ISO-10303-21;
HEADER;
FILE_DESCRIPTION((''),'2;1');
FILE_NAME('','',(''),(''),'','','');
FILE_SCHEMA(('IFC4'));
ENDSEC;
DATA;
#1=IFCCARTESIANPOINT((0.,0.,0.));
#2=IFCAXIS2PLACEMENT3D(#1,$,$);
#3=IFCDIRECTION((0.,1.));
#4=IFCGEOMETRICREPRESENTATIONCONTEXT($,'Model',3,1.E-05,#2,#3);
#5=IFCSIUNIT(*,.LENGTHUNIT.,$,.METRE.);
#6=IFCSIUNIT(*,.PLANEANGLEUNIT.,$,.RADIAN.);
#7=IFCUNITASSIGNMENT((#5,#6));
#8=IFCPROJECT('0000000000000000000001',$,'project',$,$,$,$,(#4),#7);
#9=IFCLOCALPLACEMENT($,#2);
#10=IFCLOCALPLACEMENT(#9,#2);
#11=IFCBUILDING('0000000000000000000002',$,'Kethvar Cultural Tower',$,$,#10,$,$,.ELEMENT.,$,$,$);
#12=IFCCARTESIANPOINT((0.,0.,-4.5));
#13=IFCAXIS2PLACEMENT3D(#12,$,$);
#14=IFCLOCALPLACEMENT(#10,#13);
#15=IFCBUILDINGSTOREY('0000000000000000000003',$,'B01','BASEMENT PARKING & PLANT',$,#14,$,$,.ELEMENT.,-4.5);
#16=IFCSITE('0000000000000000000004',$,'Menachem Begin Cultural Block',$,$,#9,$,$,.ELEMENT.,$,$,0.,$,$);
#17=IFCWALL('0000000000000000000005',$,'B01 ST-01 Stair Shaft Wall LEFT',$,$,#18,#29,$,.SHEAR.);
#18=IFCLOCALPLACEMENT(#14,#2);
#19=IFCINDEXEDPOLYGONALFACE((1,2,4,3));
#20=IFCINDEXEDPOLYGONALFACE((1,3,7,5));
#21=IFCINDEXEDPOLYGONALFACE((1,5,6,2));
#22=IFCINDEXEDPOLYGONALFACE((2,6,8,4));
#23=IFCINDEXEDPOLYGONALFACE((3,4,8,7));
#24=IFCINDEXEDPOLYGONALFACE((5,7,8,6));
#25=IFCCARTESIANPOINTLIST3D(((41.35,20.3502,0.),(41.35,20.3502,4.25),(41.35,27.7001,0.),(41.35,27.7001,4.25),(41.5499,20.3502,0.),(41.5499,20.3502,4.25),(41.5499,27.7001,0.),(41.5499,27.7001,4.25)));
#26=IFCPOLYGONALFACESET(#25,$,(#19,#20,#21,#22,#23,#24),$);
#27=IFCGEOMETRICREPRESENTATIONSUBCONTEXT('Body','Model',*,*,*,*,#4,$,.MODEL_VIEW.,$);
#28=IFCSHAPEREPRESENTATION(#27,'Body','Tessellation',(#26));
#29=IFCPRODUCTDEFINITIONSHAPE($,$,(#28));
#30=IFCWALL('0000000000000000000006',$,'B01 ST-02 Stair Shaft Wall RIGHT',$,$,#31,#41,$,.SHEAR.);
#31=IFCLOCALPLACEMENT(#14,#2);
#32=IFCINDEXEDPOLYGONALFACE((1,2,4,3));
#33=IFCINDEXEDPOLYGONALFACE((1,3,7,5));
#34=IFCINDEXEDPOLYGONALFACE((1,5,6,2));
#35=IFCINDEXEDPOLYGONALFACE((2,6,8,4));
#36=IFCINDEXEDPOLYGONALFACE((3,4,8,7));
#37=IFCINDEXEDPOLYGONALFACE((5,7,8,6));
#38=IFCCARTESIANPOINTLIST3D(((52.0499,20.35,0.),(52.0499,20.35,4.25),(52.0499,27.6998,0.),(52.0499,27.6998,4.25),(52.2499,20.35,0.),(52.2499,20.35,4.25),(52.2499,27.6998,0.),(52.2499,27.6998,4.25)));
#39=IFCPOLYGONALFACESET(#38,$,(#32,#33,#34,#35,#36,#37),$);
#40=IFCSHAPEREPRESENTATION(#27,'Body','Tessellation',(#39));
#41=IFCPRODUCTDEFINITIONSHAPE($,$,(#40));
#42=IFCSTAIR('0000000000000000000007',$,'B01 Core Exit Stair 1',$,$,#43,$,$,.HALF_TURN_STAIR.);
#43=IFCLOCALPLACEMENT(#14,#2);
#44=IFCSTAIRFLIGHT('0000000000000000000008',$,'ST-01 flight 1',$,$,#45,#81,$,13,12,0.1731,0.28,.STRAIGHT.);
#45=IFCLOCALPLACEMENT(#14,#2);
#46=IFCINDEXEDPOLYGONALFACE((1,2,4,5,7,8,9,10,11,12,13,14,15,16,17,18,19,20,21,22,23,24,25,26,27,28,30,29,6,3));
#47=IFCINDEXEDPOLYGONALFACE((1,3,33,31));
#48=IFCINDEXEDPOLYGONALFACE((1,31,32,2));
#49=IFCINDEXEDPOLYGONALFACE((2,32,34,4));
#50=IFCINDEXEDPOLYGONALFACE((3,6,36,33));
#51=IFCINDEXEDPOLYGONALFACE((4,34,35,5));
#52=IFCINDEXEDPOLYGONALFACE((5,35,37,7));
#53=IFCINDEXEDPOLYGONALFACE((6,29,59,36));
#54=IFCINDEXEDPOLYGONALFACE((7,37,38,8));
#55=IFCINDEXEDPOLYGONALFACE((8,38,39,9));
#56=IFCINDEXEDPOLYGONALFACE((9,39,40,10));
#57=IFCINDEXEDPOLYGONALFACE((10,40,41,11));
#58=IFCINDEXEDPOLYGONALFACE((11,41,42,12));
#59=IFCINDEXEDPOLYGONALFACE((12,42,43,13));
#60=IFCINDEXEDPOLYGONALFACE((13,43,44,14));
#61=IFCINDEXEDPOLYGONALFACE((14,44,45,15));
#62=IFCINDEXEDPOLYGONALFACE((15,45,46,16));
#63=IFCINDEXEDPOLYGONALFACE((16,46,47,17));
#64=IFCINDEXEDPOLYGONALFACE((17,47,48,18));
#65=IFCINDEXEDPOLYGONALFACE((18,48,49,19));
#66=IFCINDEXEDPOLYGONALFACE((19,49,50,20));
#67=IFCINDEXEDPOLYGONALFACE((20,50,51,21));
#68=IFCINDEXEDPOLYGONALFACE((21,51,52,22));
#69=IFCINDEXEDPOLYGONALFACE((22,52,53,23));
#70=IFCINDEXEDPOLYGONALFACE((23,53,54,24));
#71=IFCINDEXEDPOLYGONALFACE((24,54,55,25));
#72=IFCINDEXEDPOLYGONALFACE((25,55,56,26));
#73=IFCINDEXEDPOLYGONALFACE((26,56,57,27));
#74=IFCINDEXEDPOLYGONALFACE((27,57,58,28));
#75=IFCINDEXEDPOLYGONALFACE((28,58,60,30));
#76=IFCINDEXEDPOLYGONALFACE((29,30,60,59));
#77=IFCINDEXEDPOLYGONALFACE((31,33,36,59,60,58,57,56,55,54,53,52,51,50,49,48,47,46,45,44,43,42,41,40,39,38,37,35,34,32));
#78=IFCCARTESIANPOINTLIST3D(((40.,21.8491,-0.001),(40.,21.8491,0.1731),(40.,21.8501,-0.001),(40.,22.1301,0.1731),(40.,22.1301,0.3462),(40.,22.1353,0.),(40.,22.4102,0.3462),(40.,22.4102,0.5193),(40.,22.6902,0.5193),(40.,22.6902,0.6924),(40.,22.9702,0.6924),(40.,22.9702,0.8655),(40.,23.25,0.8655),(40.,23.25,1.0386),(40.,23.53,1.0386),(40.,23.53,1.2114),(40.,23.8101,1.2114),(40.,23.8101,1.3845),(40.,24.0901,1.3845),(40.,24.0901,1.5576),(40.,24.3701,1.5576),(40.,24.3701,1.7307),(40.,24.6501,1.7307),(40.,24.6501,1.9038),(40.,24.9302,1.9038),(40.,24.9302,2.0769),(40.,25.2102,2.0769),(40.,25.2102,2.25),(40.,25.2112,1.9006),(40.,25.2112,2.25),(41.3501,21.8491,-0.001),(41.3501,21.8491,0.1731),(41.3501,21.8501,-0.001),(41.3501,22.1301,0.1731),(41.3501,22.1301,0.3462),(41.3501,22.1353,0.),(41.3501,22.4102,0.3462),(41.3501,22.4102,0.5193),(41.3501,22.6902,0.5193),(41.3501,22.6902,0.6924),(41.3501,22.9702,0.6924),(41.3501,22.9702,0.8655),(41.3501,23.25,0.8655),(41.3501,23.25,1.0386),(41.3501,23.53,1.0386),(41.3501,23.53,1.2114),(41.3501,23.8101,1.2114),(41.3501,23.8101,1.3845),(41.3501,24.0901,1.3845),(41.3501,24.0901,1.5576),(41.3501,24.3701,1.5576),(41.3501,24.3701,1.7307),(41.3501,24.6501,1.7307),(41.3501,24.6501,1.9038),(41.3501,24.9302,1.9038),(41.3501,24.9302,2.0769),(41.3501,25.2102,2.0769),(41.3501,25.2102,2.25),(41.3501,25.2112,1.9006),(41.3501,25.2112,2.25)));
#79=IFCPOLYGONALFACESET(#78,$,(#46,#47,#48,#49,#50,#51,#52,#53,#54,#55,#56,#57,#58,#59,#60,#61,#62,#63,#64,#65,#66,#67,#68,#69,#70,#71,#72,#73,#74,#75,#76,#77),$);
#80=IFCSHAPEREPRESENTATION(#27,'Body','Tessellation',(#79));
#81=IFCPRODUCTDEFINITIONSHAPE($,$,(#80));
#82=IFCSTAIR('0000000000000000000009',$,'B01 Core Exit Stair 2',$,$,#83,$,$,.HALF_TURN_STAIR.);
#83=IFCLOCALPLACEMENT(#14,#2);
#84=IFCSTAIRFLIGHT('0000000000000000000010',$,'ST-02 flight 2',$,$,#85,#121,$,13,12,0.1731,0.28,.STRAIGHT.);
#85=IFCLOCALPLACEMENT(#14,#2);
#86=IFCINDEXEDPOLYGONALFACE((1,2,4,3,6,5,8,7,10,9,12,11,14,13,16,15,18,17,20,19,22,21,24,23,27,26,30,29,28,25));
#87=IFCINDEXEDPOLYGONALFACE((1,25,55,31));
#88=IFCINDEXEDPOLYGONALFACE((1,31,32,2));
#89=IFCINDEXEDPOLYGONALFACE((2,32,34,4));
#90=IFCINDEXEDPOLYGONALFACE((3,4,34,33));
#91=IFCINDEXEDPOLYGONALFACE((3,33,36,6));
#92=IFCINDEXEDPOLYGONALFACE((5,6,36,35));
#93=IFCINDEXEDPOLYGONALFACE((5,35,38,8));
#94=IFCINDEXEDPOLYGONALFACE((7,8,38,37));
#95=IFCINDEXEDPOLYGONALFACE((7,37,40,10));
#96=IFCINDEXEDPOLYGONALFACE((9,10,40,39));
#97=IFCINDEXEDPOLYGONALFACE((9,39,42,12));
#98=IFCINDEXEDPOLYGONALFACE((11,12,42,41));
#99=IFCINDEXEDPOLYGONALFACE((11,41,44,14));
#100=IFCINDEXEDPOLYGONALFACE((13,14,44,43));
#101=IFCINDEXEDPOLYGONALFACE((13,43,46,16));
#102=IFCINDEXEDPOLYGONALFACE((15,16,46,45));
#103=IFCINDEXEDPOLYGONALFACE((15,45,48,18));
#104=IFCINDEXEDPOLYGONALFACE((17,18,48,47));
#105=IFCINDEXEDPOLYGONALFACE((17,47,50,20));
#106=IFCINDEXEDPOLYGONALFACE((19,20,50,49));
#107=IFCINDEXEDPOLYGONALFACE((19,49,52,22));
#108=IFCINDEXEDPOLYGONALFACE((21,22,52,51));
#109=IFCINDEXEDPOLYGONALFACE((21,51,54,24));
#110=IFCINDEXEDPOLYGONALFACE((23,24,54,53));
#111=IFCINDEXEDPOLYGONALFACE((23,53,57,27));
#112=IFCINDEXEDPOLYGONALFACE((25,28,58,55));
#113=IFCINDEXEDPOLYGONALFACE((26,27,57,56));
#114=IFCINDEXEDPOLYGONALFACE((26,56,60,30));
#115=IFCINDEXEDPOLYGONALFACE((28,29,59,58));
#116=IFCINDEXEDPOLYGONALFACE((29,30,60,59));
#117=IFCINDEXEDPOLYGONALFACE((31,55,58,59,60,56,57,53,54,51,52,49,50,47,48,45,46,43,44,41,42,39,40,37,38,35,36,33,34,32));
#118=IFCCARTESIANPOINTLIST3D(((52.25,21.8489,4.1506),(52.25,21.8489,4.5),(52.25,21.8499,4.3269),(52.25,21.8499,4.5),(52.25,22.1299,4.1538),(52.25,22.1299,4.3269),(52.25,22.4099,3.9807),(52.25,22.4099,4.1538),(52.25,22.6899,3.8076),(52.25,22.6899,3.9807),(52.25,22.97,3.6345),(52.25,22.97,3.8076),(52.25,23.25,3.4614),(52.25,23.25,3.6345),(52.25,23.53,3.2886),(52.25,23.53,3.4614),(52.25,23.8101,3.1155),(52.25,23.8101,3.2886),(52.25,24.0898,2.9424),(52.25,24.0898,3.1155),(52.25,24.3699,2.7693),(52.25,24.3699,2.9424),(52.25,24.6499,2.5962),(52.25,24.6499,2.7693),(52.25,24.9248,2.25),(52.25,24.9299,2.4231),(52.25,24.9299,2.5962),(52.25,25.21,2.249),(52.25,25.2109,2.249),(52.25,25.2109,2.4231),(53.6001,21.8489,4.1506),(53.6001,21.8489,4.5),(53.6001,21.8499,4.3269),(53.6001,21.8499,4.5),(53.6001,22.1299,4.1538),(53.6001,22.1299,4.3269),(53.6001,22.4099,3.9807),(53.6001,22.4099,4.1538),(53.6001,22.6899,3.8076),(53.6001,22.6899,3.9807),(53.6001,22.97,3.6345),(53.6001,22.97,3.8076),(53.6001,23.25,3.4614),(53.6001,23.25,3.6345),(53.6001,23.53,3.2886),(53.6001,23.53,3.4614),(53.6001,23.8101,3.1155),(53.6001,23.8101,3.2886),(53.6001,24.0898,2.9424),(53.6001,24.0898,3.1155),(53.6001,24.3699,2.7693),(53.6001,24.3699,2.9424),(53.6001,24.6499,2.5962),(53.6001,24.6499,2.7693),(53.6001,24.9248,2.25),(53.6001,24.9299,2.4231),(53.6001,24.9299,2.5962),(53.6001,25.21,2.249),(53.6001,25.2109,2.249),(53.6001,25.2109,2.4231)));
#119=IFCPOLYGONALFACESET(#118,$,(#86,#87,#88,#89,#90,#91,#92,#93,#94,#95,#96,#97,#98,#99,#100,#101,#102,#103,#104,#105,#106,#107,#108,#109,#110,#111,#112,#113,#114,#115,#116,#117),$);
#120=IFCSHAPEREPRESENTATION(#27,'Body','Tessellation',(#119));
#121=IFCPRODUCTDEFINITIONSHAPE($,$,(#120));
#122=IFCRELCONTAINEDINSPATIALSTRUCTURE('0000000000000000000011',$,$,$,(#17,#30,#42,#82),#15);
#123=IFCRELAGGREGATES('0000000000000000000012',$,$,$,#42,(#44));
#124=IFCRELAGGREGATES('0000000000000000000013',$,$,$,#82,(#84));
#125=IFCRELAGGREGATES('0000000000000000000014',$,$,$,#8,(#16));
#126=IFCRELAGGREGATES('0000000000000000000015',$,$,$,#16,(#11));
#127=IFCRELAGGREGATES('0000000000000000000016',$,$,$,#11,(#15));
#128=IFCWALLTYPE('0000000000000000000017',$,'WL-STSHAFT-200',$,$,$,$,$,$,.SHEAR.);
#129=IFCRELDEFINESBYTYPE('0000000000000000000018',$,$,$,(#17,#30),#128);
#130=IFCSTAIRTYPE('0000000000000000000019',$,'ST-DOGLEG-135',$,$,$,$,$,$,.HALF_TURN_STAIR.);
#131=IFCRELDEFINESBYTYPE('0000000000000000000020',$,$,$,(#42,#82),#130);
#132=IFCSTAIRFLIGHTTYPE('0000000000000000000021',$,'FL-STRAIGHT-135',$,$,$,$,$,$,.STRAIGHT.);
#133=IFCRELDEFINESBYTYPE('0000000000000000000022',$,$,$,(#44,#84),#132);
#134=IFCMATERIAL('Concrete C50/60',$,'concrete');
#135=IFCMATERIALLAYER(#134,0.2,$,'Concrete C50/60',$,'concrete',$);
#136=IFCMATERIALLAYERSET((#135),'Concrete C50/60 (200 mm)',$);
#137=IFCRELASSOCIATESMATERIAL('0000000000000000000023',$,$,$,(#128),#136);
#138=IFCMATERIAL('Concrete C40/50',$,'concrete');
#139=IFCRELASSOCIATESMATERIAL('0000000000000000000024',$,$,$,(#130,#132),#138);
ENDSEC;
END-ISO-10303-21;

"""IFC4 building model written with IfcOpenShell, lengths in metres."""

from ifc_helpers import new_model, si_unit, direction, frame, frame_2d, origin, place, context, subcontext, project, spatial, polyline, rectangle, outline, extrude, material, layer, layer_set, type_object, element, aggregate, save


model = new_model("IFC4")

# Units and contexts
model_context = context("Model", 3, precision=1e-05, world=origin(), true_north=direction((0.0, 1.0)))
body_context = subcontext(model_context, "Body", "Model", "MODEL_VIEW")
ifc_project = project(units=[si_unit("LENGTHUNIT", "METRE"), si_unit("PLANEANGLEUNIT", "RADIAN")], contexts=[model_context])

# Site, building, storey
site_placement = place(None, origin())
site = spatial("IfcSite", under=ifc_project, at=site_placement, Name="Menachem Begin Cultural Block", CompositionType="ELEMENT", RefElevation=0.0)
building_placement = place(site_placement, origin())
building = spatial("IfcBuilding", under=site, at=building_placement, Name="Kethvar Cultural Tower", CompositionType="ELEMENT")
storey_placement = place(building_placement, frame((0.0, 0.0, -4.5)))
storey = spatial("IfcBuildingStorey", under=building, at=storey_placement, Name="B01", Description="BASEMENT PARKING & PLANT", CompositionType="ELEMENT", Elevation=-4.5)

# Shared definitions
ifc_material_1 = material(Name="Concrete C50/60", Category="concrete")

# Walls
ifc_layer_1 = layer(ifc_material_1, 0.2, Name="Concrete C50/60", Category="concrete")
ifc_layer_set_1 = layer_set([ifc_layer_1], Name="Concrete C50/60 (200 mm)")
wall_type_1 = type_object("IfcWallType", Name="WL-STSHAFT-200", PredefinedType="SHEAR", material=ifc_layer_set_1)
for number, where, z_axis, x_axis, name in (
    (1, (41.45, 27.7, 0.0), (0.0, 0.0, 1.0), (0.0, -1.0, 0.0), "B01 ST-01 Stair Shaft Wall LEFT"),
    (2, (52.1499, 20.3501, 0.0), (0.0, 0.0, 1.0), (0.0, 1.0, 0.0), "B01 ST-02 Stair Shaft Wall RIGHT"),
):
    element("IfcWall", number, at=place(storey_placement, frame(where, z_axis=z_axis, x_axis=x_axis)), inside=storey, type_object=wall_type_1, Name=name, PredefinedType="SHEAR", context=body_context, shape_type="SweptSolid", body=[
        extrude(rectangle(XDim=7.3499, YDim=0.2, at=frame_2d((3.6748, 0.0))), origin(), (0.0, 0.0, 1.0), 4.25),
    ])

# Stairs, stair flights
ifc_material_2 = material(Name="Concrete C40/50", Category="concrete")
stair_type = type_object("IfcStairType", Name="ST-DOGLEG-135", PredefinedType="HALF_TURN_STAIR", material=ifc_material_2)
stair_1_placement = place(storey_placement, origin())
stair_1 = element("IfcStair", 3, at=stair_1_placement, inside=storey, type_object=stair_type, Name="B01 Core Exit Stair 1", PredefinedType="HALF_TURN_STAIR")
stair_flight_type = type_object("IfcStairFlightType", Name="FL-STRAIGHT-135", PredefinedType="STRAIGHT", material=ifc_material_2)
stair_flight_1_placement = place(storey_placement, frame((40.675, 21.8501, 0.0), z_axis=(0.0, 0.0, 1.0), x_axis=(0.0, 1.0, 0.0)))
stair_flight_1 = element("IfcStairFlight", 4, at=stair_flight_1_placement, type_object=stair_flight_type, Name="ST-01 flight 1", NumberOfRisers=13, NumberOfTreads=12, PredefinedType="STRAIGHT", RiserHeight=0.1731, TreadLength=0.28, context=body_context, shape_type="SweptSolid", body=[
    extrude(outline(polyline([(-0.001, -0.001), (-0.001, 0.1731), (0.28, 0.1731), (0.28, 0.3462), (0.5601, 0.3462), (0.5601, 0.5193), (0.8401, 0.5193), (0.8401, 0.6924), (1.1201, 0.6924), (1.1201, 0.8655), (1.3999, 0.8655), (1.3999, 1.0386), (1.6799, 1.0386), (1.6799, 1.2114), (1.96, 1.2114), (1.96, 1.3845), (2.24, 1.3845), (2.24, 1.5576), (2.52, 1.5576), (2.52, 1.7307), (2.8, 1.7307), (2.8, 1.9038), (3.0801, 1.9038), (3.0801, 2.0769), (3.3601, 2.0769), (3.3601, 2.25), (3.3611, 2.25), (3.3611, 1.9006), (0.2852, 0.0), (0.0, -0.001), (-0.001, -0.001)])), frame((0.0, 0.675, 0.0), z_axis=(0.0, -1.0, 0.0), x_axis=(1.0, 0.0, 0.0)), (0.0, 0.0, 1.0), 1.3501),
])
aggregate(stair_1, [stair_flight_1])
stair_2_placement = place(storey_placement, origin())
stair_2 = element("IfcStair", 5, at=stair_2_placement, inside=storey, type_object=stair_type, Name="B01 Core Exit Stair 2", PredefinedType="HALF_TURN_STAIR")
stair_flight_2_placement = place(storey_placement, frame((52.925, 25.21, 2.25), z_axis=(0.0, 0.0, 1.0), x_axis=(0.0, -1.0, 0.0)))
stair_flight_2 = element("IfcStairFlight", 6, at=stair_flight_2_placement, type_object=stair_flight_type, Name="ST-02 flight 2", NumberOfRisers=13, NumberOfTreads=12, PredefinedType="STRAIGHT", RiserHeight=0.1731, TreadLength=0.28, context=body_context, shape_type="SweptSolid", body=[
    extrude(outline(polyline([(-0.001, -0.001), (-0.001, 0.1731), (0.28, 0.1731), (0.28, 0.3462), (0.5601, 0.3462), (0.5601, 0.5193), (0.8401, 0.5193), (0.8401, 0.6924), (1.1201, 0.6924), (1.1201, 0.8655), (1.3999, 0.8655), (1.3999, 1.0386), (1.6799, 1.0386), (1.6799, 1.2114), (1.96, 1.2114), (1.96, 1.3845), (2.24, 1.3845), (2.24, 1.5576), (2.52, 1.5576), (2.52, 1.7307), (2.8, 1.7307), (2.8, 1.9038), (3.0801, 1.9038), (3.0801, 2.0769), (3.3601, 2.0769), (3.3601, 2.25), (3.3611, 2.25), (3.3611, 1.9006), (0.2852, 0.0), (0.0, -0.001), (-0.001, -0.001)])), frame((0.0, 0.675, 0.0), z_axis=(0.0, -1.0, 0.0), x_axis=(1.0, 0.0, 0.0)), (0.0, 0.0, 1.0), 1.3501),
])
aggregate(stair_2, [stair_flight_2])

save(model, "model.ifc")
